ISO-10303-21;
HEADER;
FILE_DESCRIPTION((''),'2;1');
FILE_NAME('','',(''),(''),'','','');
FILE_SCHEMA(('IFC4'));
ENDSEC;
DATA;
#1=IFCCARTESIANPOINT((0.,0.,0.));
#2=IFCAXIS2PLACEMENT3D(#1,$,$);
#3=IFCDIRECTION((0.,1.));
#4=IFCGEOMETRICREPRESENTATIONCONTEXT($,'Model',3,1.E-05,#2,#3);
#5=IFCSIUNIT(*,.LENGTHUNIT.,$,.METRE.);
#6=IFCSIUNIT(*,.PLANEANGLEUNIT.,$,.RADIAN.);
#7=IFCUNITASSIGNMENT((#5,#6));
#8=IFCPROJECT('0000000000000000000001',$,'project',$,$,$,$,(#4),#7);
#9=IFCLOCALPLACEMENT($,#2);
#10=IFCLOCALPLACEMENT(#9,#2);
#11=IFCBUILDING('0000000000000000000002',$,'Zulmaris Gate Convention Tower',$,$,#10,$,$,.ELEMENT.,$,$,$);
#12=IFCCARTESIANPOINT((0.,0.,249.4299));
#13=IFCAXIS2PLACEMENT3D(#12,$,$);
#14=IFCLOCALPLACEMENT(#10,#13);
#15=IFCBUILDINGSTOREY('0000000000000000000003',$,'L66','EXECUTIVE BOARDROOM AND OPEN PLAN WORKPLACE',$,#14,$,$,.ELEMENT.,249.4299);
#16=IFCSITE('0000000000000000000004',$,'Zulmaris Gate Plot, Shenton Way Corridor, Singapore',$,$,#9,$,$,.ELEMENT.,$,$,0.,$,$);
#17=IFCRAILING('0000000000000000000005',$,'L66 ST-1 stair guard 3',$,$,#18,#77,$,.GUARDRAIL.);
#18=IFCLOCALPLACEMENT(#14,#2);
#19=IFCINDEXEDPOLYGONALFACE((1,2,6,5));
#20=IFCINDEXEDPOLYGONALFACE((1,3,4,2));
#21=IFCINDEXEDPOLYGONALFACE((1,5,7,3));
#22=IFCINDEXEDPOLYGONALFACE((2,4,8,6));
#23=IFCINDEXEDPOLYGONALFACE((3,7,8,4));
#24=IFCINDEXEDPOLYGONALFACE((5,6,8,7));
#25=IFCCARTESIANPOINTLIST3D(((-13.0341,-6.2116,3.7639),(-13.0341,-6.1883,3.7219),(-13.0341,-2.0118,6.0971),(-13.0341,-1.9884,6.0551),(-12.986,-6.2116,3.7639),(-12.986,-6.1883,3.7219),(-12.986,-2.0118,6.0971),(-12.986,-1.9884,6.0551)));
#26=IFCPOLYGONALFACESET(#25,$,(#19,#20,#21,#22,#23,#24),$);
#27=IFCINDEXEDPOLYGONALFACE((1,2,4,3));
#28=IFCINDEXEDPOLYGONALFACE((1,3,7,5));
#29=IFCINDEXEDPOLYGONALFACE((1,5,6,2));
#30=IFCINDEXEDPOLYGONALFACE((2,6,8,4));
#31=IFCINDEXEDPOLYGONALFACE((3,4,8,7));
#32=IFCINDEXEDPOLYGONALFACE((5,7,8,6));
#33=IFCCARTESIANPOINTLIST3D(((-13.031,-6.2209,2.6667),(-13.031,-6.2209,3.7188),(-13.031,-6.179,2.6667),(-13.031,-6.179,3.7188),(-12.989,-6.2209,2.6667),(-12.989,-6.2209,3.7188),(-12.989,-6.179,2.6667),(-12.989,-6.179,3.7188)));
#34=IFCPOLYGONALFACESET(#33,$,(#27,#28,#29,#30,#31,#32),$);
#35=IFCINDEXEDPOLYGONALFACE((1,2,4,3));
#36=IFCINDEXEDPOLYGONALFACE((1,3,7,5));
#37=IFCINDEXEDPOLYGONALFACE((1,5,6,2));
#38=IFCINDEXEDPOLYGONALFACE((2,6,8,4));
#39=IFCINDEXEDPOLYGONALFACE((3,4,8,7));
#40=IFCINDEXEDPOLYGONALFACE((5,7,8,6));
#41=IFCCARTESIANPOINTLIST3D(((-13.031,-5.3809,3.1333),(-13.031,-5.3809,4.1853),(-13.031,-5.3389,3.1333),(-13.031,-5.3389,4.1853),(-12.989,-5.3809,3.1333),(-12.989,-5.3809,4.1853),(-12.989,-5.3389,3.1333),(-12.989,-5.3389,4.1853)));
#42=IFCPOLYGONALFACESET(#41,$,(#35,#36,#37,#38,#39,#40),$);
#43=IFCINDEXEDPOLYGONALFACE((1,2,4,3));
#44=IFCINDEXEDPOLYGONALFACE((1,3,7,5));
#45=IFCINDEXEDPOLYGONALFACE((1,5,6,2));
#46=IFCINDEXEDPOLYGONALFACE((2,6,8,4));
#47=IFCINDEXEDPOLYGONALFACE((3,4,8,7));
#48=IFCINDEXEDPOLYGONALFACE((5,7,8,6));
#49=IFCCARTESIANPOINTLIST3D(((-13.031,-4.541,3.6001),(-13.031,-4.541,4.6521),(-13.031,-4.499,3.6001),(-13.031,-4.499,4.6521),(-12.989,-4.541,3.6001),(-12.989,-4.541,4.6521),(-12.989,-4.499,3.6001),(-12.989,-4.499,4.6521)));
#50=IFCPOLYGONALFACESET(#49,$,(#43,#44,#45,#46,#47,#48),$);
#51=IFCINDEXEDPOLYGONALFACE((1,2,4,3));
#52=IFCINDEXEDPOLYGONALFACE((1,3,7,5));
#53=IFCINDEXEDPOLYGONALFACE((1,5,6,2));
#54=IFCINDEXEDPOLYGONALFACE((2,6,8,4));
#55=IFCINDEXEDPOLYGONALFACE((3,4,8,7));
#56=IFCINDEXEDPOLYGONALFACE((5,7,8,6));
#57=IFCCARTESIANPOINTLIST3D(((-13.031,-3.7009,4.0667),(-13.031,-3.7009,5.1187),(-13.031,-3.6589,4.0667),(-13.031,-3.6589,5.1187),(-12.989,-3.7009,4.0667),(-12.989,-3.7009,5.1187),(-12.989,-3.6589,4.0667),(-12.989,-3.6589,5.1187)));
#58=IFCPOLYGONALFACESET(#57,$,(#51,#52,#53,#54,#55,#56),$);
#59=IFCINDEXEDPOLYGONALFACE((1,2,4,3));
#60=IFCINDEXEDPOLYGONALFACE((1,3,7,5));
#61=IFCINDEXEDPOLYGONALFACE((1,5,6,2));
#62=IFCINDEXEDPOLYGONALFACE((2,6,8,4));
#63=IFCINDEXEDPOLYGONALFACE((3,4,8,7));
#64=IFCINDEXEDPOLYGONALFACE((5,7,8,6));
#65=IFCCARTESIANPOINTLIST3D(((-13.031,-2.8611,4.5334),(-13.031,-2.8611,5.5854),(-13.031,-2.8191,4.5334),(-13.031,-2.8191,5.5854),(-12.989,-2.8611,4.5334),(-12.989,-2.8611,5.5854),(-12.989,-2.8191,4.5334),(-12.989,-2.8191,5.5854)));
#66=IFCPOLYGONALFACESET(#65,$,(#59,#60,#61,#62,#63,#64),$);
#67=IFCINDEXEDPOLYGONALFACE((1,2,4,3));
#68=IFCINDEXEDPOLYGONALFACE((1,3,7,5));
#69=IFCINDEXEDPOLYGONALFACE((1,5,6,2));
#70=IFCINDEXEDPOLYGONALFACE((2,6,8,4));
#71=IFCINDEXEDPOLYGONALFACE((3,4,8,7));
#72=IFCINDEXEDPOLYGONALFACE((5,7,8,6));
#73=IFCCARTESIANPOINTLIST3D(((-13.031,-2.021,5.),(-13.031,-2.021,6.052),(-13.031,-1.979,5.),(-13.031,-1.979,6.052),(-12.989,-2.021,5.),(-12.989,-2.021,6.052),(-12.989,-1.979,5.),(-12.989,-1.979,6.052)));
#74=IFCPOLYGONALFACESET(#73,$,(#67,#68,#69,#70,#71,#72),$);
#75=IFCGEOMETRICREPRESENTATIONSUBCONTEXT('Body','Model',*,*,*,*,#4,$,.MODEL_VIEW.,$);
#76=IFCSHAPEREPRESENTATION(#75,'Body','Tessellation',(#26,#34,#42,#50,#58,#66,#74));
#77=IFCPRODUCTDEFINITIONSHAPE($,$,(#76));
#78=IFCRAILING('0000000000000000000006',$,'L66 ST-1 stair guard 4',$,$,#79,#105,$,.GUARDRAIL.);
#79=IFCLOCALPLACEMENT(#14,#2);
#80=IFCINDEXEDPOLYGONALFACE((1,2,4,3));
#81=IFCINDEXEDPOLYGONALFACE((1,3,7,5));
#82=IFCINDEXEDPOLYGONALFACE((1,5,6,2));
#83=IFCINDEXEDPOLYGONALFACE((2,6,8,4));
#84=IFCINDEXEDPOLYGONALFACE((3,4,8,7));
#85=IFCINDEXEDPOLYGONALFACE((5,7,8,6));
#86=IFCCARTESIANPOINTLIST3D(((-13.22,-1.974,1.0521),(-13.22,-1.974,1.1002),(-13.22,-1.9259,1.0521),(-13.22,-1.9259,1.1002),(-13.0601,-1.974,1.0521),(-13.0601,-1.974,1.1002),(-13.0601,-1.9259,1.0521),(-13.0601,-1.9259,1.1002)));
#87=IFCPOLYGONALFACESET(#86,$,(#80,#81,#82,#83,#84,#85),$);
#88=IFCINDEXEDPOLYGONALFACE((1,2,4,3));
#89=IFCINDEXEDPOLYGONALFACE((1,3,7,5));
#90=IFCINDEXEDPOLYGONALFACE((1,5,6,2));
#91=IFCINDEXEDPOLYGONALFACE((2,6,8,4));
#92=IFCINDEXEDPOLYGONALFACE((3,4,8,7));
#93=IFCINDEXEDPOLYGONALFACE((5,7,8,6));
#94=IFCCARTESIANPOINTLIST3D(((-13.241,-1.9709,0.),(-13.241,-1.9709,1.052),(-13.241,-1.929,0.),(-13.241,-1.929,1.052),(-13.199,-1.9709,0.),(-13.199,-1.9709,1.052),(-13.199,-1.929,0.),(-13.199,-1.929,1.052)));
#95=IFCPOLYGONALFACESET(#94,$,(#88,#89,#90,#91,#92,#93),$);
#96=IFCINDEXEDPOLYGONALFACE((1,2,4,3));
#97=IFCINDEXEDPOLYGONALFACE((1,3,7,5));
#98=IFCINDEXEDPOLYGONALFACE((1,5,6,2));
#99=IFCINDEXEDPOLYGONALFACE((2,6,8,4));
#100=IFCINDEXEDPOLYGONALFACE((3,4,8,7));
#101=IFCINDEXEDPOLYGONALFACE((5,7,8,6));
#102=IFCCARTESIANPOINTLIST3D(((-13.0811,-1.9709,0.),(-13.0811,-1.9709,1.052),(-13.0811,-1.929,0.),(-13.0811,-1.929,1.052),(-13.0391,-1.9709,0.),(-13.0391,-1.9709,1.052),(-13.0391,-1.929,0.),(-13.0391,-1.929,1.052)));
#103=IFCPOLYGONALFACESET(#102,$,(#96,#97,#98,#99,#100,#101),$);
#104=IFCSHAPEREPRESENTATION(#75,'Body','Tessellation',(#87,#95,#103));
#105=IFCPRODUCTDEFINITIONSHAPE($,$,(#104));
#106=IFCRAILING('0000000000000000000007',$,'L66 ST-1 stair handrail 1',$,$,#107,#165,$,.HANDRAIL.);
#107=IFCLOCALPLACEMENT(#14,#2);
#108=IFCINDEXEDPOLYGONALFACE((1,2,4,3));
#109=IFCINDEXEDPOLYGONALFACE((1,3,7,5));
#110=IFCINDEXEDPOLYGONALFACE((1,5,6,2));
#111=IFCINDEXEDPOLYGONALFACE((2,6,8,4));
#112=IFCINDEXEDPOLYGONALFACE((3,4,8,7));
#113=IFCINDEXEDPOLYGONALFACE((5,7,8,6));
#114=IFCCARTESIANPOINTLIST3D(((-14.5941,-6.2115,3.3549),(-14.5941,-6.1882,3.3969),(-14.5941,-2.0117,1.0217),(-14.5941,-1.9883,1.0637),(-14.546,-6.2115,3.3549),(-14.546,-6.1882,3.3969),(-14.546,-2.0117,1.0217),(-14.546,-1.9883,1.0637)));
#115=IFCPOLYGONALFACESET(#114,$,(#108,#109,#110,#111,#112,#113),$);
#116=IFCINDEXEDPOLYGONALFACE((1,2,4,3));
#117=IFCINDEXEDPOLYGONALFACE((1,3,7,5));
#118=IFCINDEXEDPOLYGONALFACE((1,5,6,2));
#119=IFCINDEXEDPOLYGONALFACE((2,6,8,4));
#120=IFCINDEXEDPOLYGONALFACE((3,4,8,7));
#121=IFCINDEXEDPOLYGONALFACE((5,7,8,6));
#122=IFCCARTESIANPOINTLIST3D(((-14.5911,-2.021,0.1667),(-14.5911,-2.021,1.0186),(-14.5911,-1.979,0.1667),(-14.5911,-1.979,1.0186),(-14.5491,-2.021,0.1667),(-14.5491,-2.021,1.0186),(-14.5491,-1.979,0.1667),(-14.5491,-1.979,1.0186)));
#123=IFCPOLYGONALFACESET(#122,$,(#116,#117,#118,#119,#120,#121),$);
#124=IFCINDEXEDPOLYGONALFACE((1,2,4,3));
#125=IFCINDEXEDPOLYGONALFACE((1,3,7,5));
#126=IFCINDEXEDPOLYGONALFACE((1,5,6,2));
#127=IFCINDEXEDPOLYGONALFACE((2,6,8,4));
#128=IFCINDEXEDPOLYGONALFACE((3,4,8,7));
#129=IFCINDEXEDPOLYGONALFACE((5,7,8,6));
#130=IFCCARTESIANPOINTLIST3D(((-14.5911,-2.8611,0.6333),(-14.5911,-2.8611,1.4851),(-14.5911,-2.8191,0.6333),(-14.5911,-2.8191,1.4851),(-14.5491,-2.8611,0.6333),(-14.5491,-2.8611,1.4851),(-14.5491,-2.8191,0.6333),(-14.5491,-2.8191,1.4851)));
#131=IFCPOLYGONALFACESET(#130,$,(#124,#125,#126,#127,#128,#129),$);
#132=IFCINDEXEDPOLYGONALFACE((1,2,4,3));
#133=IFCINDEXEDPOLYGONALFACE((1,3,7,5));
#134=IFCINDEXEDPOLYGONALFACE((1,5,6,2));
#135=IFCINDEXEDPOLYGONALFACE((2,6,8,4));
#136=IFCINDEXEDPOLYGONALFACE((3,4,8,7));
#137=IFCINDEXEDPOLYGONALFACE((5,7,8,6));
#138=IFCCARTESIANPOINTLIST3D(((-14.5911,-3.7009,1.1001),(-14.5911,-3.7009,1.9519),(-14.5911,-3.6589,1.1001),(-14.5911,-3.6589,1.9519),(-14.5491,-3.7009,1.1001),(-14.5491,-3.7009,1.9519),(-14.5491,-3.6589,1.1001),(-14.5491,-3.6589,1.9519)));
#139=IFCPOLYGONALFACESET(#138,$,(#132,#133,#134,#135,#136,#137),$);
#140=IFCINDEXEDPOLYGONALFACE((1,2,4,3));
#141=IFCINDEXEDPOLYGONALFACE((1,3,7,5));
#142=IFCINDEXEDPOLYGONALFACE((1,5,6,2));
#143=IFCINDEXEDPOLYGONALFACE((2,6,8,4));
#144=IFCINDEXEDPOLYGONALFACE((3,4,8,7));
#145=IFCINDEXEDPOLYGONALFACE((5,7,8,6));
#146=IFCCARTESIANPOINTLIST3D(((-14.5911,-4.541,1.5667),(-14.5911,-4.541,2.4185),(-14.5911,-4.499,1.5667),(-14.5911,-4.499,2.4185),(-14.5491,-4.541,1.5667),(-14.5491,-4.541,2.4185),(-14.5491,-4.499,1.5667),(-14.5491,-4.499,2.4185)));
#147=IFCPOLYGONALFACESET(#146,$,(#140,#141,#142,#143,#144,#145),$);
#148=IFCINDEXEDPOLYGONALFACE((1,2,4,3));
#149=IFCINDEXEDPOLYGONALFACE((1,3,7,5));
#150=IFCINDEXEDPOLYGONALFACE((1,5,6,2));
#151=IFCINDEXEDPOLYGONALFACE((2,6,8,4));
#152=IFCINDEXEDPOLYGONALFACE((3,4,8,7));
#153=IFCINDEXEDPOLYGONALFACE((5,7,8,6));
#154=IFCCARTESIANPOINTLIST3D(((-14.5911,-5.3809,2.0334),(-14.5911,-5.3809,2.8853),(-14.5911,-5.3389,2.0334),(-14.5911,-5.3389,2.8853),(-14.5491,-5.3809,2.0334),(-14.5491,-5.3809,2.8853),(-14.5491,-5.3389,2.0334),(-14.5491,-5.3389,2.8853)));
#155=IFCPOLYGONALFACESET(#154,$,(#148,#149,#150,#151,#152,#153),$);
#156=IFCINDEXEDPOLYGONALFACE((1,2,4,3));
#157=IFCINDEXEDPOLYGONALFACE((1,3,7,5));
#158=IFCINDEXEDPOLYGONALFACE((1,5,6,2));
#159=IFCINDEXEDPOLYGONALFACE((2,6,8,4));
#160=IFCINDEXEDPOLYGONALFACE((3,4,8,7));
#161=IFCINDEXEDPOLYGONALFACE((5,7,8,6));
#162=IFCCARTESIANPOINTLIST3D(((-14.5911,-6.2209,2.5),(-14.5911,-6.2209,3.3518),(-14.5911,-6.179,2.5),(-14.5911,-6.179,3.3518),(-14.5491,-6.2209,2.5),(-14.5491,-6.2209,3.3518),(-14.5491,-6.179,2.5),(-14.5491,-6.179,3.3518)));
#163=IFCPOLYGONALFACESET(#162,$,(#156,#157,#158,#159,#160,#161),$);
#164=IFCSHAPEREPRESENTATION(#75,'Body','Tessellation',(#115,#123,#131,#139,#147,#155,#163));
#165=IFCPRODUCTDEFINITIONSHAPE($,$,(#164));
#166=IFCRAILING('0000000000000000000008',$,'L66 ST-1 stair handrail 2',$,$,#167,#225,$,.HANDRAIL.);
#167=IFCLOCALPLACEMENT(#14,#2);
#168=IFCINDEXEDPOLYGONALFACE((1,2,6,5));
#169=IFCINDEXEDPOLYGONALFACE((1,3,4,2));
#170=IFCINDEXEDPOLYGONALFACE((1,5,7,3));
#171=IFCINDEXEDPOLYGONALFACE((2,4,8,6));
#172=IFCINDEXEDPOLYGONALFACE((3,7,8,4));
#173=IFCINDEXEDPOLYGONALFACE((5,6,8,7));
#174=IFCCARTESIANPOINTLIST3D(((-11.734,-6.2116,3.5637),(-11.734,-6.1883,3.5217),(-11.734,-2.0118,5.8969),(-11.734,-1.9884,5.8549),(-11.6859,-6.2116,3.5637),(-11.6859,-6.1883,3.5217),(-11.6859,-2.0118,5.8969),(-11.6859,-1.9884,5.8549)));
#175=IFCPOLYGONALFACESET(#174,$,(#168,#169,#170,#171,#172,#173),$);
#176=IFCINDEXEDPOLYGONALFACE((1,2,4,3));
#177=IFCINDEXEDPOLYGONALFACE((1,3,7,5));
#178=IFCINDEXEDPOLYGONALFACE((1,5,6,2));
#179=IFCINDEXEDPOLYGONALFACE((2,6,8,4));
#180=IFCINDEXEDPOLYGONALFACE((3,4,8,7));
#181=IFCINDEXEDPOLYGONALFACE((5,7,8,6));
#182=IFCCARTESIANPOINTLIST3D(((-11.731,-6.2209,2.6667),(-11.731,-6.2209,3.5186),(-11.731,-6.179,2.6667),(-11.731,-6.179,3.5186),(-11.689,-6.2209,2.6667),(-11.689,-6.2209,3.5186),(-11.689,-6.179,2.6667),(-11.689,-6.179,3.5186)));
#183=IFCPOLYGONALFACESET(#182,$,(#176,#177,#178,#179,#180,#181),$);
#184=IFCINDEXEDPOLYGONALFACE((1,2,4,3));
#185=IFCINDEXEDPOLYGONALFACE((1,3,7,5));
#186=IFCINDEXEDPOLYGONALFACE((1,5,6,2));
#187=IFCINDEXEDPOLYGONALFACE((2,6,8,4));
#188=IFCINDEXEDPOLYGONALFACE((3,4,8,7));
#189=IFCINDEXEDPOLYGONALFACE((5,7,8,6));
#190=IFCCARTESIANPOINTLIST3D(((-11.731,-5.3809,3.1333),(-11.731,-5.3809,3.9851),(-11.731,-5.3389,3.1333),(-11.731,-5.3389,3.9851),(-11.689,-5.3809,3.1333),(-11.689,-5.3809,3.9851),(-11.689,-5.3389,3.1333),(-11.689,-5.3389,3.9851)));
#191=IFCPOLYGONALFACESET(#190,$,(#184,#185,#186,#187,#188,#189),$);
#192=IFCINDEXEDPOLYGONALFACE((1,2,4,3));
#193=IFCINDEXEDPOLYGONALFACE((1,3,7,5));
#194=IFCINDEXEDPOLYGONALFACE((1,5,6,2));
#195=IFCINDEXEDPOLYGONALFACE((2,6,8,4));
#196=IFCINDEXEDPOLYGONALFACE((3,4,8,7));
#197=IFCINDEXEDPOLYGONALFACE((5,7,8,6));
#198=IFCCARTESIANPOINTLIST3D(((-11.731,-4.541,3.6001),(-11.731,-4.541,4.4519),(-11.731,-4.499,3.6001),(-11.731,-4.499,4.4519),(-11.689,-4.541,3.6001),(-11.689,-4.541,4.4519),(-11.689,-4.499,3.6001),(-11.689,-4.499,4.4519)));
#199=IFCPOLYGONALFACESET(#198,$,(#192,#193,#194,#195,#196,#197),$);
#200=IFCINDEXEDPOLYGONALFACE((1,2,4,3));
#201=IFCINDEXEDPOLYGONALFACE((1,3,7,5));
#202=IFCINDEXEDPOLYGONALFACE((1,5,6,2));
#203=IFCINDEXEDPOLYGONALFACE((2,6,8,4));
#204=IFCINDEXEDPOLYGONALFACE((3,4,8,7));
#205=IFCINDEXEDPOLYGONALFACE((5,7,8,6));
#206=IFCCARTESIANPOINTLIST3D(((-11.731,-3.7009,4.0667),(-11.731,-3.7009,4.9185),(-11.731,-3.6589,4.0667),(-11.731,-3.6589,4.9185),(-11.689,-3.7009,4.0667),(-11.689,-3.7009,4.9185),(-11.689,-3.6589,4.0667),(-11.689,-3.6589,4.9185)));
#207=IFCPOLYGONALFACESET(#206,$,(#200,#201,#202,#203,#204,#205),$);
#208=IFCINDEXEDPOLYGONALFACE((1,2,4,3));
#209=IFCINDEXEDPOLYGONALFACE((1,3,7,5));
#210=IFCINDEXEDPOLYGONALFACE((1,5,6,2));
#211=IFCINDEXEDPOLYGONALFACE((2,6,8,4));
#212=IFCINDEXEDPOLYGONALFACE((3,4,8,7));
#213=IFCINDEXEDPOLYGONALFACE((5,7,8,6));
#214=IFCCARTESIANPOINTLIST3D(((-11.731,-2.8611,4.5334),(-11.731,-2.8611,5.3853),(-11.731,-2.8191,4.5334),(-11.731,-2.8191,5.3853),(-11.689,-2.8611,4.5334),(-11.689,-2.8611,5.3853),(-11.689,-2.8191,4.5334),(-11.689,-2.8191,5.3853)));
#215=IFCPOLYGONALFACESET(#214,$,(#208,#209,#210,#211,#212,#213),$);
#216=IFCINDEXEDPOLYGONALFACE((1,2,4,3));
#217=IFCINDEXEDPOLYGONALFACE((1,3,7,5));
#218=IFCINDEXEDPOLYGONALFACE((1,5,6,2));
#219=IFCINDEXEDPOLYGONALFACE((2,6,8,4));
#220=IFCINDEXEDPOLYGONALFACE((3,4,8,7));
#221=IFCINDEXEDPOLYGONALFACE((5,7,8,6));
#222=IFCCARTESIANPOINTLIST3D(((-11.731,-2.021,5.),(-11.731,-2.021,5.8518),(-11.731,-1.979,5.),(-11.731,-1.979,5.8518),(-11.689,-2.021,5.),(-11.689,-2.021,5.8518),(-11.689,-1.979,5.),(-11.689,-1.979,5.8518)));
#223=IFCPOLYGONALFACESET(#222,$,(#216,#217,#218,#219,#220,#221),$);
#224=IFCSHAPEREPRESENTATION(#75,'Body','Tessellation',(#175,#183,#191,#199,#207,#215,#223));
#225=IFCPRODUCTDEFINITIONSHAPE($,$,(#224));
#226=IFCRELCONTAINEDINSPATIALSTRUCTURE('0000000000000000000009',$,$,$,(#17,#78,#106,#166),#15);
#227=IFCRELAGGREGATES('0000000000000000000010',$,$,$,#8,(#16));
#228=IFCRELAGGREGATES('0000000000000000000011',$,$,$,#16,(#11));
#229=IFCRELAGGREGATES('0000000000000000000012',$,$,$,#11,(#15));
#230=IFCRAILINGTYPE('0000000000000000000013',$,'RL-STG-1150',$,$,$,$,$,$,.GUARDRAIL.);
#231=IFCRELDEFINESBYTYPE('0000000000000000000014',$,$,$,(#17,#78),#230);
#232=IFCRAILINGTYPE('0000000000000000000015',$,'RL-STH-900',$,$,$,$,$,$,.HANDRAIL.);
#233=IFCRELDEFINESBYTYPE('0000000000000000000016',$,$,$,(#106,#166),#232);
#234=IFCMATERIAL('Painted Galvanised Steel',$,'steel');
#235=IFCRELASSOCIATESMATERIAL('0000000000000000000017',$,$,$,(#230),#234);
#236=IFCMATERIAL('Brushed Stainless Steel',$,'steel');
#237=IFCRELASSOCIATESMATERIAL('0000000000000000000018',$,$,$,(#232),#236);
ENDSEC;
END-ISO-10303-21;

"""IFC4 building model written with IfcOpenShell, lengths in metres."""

from ifc_helpers import new_model, si_unit, direction, frame, origin, origin_2d, place, context, subcontext, project, spatial, rectangle, extrude, material, type_object, element, save


model = new_model("IFC4")

# Units and contexts
model_context = context("Model", 3, precision=1e-05, world=origin(), true_north=direction((0.0, 1.0)))
body_context = subcontext(model_context, "Body", "Model", "MODEL_VIEW")
ifc_project = project(units=[si_unit("LENGTHUNIT", "METRE"), si_unit("PLANEANGLEUNIT", "RADIAN")], contexts=[model_context])

# Site, building, storey
site_placement = place(None, origin())
site = spatial("IfcSite", under=ifc_project, at=site_placement, Name="Zulmaris Gate Plot, Shenton Way Corridor, Singapore", CompositionType="ELEMENT", RefElevation=0.0)
building_placement = place(site_placement, origin())
building = spatial("IfcBuilding", under=site, at=building_placement, Name="Zulmaris Gate Convention Tower", CompositionType="ELEMENT")
storey_placement = place(building_placement, frame((0.0, 0.0, 249.4299)))
storey = spatial("IfcBuildingStorey", under=building, at=storey_placement, Name="L66", Description="EXECUTIVE BOARDROOM AND OPEN PLAN WORKPLACE", CompositionType="ELEMENT", Elevation=249.4299)

# Railings
ifc_material_1 = material(Name="Painted Galvanised Steel", Category="steel")
railing_type_1 = type_object("IfcRailingType", Name="RL-STG-1150", PredefinedType="GUARDRAIL", material=ifc_material_1)
railing_1_placement = place(storey_placement, frame((-13.01, -6.2, 2.6667)))
element("IfcRailing", 1, at=railing_1_placement, inside=storey, type_object=railing_type_1, Name="L66 ST-1 stair guard 3", PredefinedType="GUARDRAIL", context=body_context, shape_type="SweptSolid", body=[
    extrude(rectangle(XDim=0.0481, YDim=0.0481, at=origin_2d()), frame((0.0, 0.0, 1.0762), z_axis=(0.0, 0.874162, 0.485634), x_axis=(-1.0, 0.0, 0.0)), (0.0, 0.0, 1.0), 4.8044),
    extrude(rectangle(XDim=0.042, YDim=0.042, at=origin_2d()), origin(), (0.0, 0.0, 1.0), 1.052),
    extrude(rectangle(XDim=0.042, YDim=0.042, at=origin_2d()), frame((0.0, 0.8401, 0.4666)), (0.0, 0.0, 1.0), 1.052),
    extrude(rectangle(XDim=0.042, YDim=0.042, at=origin_2d()), frame((0.0, 1.6799, 0.9333)), (0.0, 0.0, 1.0), 1.052),
    extrude(rectangle(XDim=0.042, YDim=0.042, at=origin_2d()), frame((0.0, 2.52, 1.3999)), (0.0, 0.0, 1.0), 1.052),
    extrude(rectangle(XDim=0.042, YDim=0.042, at=origin_2d()), frame((0.0, 3.3599, 1.8667)), (0.0, 0.0, 1.0), 1.052),
    extrude(rectangle(XDim=0.042, YDim=0.042, at=origin_2d()), frame((0.0, 4.2, 2.3333)), (0.0, 0.0, 1.0), 1.052),
])
railing_2_placement = place(storey_placement, frame((-13.22, -1.95, 0.0)))
element("IfcRailing", 2, at=railing_2_placement, inside=storey, type_object=railing_type_1, Name="L66 ST-1 stair guard 4", PredefinedType="GUARDRAIL", context=body_context, shape_type="SweptSolid", body=[
    extrude(rectangle(XDim=0.0481, YDim=0.0481, at=origin_2d()), frame((0.0, 0.0, 1.0762), z_axis=(1.0, 0.0, 0.0), x_axis=(0.0, 1.0, 0.0)), (0.0, 0.0, 1.0), 0.1599),
    extrude(rectangle(XDim=0.042, YDim=0.042, at=origin_2d()), origin(), (0.0, 0.0, 1.0), 1.052),
    extrude(rectangle(XDim=0.042, YDim=0.042, at=origin_2d()), frame((0.1599, 0.0, 0.0)), (0.0, 0.0, 1.0), 1.052),
])
ifc_material_2 = material(Name="Brushed Stainless Steel", Category="steel")
railing_type_2 = type_object("IfcRailingType", Name="RL-STH-900", PredefinedType="HANDRAIL", material=ifc_material_2)
railing_3_placement = place(storey_placement, frame((-14.5701, -2.0, 0.1667)))
element("IfcRailing", 3, at=railing_3_placement, inside=storey, type_object=railing_type_2, Name="L66 ST-1 stair handrail 1", PredefinedType="HANDRAIL", context=body_context, shape_type="SweptSolid", body=[
    extrude(rectangle(XDim=0.0481, YDim=0.0481, at=origin_2d()), frame((0.0, 0.0, 0.876), z_axis=(0.0, -0.874162, 0.485634), x_axis=(1.0, 0.0, 0.0)), (0.0, 0.0, 1.0), 4.8044),
    extrude(rectangle(XDim=0.042, YDim=0.042, at=origin_2d()), origin(), (0.0, 0.0, 1.0), 0.8518),
    extrude(rectangle(XDim=0.042, YDim=0.042, at=origin_2d()), frame((0.0, -0.8401, 0.4666)), (0.0, 0.0, 1.0), 0.8518),
    extrude(rectangle(XDim=0.042, YDim=0.042, at=origin_2d()), frame((0.0, -1.6799, 0.9333)), (0.0, 0.0, 1.0), 0.8518),
    extrude(rectangle(XDim=0.042, YDim=0.042, at=origin_2d()), frame((0.0, -2.52, 1.3999)), (0.0, 0.0, 1.0), 0.8518),
    extrude(rectangle(XDim=0.042, YDim=0.042, at=origin_2d()), frame((0.0, -3.3599, 1.8667)), (0.0, 0.0, 1.0), 0.8518),
    extrude(rectangle(XDim=0.042, YDim=0.042, at=origin_2d()), frame((0.0, -4.2, 2.3333)), (0.0, 0.0, 1.0), 0.8518),
])
for number, where, name in (
    (4, (-11.71, -6.2, 2.6667), "L66 ST-1 stair handrail 2"),
):
    element("IfcRailing", number, at=place(storey_placement, frame(where)), inside=storey, type_object=railing_type_2, Name=name, PredefinedType="HANDRAIL", context=body_context, shape_type="SweptSolid", body=[
        extrude(rectangle(XDim=0.0481, YDim=0.0481, at=origin_2d()), frame((0.0, 0.0, 0.876), z_axis=(0.0, 0.874162, 0.485634), x_axis=(-1.0, 0.0, 0.0)), (0.0, 0.0, 1.0), 4.8044),
        extrude(rectangle(XDim=0.042, YDim=0.042, at=origin_2d()), origin(), (0.0, 0.0, 1.0), 0.8518),
        extrude(rectangle(XDim=0.042, YDim=0.042, at=origin_2d()), frame((0.0, 0.8401, 0.4666)), (0.0, 0.0, 1.0), 0.8518),
        extrude(rectangle(XDim=0.042, YDim=0.042, at=origin_2d()), frame((0.0, 1.6799, 0.9333)), (0.0, 0.0, 1.0), 0.8518),
        extrude(rectangle(XDim=0.042, YDim=0.042, at=origin_2d()), frame((0.0, 2.52, 1.3999)), (0.0, 0.0, 1.0), 0.8518),
        extrude(rectangle(XDim=0.042, YDim=0.042, at=origin_2d()), frame((0.0, 3.3599, 1.8667)), (0.0, 0.0, 1.0), 0.8518),
        extrude(rectangle(XDim=0.042, YDim=0.042, at=origin_2d()), frame((0.0, 4.2, 2.3333)), (0.0, 0.0, 1.0), 0.8518),
    ])

save(model, "model.ifc")
